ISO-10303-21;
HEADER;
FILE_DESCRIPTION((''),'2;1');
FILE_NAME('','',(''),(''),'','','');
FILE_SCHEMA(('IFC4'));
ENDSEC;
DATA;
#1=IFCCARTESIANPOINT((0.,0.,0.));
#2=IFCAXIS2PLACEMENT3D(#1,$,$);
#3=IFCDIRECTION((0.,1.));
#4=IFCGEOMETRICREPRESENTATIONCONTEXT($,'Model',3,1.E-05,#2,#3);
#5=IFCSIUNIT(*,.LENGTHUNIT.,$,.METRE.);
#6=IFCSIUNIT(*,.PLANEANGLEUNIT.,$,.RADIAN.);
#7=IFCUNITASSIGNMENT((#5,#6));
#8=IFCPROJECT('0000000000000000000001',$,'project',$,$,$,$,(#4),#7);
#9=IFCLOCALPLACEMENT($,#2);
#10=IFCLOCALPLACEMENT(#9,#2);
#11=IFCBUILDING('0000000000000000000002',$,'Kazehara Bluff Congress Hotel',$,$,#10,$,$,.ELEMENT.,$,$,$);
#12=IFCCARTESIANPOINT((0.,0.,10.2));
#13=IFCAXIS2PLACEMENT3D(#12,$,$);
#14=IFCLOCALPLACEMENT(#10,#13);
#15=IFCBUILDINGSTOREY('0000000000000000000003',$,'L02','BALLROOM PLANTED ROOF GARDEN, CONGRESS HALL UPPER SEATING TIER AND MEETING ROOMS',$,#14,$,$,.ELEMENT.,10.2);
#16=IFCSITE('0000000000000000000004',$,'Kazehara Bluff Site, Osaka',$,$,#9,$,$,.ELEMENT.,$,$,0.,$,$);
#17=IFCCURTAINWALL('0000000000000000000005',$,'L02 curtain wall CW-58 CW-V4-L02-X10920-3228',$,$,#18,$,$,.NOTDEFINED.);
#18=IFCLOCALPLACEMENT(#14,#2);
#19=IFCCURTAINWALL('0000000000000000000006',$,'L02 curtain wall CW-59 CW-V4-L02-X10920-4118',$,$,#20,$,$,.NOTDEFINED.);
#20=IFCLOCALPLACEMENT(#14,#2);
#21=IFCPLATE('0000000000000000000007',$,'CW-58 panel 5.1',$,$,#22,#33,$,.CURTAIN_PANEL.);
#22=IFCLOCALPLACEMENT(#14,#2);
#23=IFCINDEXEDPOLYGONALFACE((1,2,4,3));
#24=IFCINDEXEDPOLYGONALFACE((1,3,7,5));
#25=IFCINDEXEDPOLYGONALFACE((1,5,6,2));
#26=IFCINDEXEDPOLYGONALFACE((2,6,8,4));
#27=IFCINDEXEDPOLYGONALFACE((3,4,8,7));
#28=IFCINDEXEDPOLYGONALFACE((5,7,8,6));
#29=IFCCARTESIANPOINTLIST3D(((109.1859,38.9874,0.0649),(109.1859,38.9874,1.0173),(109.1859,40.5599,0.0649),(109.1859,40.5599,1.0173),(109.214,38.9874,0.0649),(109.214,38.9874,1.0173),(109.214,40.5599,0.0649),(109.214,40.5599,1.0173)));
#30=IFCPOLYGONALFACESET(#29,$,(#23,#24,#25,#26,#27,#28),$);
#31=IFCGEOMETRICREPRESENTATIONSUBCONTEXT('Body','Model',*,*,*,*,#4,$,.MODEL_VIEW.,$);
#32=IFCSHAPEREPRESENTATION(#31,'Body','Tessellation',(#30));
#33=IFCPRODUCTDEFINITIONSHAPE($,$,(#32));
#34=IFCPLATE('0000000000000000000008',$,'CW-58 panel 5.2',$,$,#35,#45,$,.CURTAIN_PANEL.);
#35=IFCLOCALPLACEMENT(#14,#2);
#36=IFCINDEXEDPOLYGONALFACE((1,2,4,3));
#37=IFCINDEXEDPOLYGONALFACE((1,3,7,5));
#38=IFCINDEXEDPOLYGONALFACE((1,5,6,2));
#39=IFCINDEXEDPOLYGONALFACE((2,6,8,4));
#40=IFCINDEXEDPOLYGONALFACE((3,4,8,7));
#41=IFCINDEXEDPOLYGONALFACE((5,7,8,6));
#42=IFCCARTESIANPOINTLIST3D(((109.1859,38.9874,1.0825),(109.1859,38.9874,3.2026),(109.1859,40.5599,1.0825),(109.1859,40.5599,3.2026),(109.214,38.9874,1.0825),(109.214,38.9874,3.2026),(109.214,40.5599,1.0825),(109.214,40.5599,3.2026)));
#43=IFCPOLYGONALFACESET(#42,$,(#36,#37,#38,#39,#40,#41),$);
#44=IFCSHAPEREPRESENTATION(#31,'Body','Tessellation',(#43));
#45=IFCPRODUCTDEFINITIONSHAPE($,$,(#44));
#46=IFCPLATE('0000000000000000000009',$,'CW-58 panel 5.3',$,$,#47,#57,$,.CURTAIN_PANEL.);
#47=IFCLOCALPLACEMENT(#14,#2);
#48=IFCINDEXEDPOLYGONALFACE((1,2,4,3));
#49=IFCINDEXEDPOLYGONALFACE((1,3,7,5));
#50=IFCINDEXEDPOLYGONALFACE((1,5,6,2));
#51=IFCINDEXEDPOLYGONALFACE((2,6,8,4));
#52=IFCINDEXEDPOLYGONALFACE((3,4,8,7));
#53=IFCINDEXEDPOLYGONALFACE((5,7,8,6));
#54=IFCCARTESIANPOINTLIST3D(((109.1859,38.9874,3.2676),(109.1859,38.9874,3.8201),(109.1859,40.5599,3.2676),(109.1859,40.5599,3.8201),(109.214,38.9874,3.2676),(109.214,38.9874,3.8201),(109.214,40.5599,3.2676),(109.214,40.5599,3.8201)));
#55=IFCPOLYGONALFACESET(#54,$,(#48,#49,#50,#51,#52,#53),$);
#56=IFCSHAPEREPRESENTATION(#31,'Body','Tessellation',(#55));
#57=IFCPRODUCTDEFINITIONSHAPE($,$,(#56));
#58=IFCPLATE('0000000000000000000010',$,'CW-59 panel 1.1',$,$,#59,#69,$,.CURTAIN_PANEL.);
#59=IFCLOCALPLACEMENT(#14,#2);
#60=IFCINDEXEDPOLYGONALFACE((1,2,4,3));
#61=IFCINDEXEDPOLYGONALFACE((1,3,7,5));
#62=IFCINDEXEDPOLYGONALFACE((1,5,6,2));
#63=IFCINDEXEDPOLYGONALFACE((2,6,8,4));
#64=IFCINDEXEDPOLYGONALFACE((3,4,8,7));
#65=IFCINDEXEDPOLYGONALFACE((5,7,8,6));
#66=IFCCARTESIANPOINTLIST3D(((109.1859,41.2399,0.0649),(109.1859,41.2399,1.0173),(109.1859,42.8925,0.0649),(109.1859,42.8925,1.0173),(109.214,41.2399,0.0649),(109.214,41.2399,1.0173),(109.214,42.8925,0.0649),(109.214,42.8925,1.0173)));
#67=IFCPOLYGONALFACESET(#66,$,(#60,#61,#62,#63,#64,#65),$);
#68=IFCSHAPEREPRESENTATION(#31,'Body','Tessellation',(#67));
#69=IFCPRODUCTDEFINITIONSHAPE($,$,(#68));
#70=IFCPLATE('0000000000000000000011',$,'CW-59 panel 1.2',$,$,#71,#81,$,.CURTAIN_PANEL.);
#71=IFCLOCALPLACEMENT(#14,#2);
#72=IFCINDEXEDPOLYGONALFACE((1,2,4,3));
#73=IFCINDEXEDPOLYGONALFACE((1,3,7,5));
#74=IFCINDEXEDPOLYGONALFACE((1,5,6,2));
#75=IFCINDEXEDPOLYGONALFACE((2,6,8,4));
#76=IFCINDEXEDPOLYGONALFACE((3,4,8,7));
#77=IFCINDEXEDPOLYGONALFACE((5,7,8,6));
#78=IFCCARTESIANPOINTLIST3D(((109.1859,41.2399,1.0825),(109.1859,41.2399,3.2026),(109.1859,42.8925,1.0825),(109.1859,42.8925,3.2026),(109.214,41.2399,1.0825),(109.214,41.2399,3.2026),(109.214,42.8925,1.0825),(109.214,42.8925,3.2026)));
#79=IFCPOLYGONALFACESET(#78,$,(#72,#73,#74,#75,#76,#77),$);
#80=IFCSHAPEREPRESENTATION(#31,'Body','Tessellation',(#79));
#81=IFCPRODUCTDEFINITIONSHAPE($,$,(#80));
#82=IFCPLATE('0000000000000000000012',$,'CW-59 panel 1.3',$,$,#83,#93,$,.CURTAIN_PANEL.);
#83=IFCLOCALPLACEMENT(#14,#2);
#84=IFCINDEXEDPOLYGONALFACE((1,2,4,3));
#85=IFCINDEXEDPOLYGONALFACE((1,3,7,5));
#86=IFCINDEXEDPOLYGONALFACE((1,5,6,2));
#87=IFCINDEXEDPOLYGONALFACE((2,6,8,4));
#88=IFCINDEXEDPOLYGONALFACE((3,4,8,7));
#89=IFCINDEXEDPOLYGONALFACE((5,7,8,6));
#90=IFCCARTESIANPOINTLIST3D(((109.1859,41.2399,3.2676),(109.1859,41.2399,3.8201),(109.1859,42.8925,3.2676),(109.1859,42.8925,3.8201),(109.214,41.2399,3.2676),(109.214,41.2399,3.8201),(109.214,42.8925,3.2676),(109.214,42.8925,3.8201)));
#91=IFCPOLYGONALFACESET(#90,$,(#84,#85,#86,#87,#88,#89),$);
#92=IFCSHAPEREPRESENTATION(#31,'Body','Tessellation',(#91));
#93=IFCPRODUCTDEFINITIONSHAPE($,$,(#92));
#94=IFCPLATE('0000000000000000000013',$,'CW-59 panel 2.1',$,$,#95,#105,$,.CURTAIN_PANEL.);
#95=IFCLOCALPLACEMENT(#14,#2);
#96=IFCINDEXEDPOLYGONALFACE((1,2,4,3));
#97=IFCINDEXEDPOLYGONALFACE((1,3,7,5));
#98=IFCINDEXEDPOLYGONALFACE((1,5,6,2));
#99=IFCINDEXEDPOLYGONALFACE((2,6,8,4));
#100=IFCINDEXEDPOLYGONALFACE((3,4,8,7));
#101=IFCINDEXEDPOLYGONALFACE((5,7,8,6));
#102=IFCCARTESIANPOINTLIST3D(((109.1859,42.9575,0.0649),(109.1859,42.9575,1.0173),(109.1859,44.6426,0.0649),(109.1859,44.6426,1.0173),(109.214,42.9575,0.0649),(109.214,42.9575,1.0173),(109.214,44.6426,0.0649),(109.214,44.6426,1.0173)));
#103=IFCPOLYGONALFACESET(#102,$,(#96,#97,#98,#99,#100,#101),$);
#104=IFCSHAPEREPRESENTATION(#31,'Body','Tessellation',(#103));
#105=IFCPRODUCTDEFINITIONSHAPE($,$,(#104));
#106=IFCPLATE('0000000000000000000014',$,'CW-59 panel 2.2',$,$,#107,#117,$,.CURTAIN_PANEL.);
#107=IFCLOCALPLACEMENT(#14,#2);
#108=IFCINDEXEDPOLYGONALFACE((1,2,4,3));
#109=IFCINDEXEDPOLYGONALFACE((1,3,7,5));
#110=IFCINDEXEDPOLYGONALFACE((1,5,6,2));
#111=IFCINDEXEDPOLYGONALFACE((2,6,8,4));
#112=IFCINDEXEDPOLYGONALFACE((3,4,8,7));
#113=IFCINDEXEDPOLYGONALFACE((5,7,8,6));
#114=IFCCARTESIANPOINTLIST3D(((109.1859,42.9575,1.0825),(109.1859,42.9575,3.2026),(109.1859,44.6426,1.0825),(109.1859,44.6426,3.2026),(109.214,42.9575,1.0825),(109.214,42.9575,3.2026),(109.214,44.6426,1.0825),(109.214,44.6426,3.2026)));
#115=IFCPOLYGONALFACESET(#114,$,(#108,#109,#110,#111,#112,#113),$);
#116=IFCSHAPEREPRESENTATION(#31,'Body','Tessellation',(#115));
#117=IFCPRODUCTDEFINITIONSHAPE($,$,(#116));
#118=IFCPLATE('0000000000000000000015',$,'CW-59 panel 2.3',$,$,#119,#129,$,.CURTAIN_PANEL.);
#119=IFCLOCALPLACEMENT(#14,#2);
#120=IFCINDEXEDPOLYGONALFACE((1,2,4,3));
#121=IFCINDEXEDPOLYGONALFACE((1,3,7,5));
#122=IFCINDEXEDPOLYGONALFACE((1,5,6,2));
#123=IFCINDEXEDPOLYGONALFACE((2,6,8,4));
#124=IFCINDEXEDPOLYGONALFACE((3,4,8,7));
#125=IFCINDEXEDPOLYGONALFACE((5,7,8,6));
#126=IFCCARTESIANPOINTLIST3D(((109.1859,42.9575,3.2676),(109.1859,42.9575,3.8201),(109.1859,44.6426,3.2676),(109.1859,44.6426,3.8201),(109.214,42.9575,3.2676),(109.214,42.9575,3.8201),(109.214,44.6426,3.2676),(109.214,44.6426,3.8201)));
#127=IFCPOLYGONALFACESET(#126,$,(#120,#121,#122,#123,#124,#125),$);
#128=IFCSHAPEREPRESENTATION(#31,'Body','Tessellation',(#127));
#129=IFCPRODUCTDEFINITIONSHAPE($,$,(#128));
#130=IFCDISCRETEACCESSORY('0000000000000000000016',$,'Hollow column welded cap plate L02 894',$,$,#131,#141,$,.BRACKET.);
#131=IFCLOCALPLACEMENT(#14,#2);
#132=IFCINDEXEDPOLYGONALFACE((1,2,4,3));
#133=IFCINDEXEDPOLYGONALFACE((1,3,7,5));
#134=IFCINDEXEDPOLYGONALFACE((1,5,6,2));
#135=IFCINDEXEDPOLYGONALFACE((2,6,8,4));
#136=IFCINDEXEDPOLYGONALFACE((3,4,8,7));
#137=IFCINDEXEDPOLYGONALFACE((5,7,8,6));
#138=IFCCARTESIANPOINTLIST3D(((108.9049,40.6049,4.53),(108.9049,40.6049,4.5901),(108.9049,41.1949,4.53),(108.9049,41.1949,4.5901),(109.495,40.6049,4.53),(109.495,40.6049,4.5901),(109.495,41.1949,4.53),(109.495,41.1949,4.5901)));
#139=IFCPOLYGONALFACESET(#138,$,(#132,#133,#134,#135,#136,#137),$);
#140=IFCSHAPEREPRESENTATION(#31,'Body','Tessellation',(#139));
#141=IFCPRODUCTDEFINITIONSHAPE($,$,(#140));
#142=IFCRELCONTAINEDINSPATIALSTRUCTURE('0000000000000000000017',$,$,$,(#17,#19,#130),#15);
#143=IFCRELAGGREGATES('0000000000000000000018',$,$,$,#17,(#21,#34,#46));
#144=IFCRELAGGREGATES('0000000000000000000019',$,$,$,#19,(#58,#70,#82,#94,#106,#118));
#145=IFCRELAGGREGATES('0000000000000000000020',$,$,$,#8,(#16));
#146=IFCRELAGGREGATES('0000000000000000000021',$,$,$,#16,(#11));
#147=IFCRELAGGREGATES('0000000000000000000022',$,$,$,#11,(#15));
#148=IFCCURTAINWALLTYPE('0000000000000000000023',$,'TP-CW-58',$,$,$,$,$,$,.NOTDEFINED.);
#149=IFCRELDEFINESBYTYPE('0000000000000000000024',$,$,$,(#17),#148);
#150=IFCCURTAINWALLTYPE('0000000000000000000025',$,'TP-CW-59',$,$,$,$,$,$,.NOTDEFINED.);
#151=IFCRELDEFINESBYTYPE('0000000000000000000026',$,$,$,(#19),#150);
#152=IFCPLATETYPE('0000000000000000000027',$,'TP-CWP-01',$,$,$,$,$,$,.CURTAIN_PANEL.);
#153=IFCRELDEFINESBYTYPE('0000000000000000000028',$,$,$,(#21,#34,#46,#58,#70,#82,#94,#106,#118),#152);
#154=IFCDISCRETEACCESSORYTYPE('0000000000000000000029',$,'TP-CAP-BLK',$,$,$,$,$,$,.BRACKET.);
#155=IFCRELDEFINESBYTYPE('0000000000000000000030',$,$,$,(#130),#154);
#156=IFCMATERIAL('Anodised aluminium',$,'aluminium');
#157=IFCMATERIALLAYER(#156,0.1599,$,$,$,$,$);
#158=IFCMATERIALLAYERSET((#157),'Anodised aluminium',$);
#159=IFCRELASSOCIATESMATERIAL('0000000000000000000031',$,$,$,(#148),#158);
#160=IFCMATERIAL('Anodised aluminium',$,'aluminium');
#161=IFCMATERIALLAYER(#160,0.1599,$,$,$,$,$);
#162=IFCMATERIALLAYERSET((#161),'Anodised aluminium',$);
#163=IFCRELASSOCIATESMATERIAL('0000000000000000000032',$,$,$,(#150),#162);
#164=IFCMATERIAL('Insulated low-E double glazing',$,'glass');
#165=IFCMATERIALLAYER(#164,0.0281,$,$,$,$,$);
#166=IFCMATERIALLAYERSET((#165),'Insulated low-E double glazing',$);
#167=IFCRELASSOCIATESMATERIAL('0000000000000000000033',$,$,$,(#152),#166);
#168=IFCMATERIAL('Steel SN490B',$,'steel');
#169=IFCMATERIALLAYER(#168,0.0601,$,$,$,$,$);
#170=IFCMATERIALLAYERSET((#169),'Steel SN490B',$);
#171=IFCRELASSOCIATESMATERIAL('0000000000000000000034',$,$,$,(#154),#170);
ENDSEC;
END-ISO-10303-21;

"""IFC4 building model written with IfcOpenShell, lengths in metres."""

from ifc_helpers import new_model, si_unit, direction, frame, origin, origin_2d, place, context, subcontext, project, spatial, rectangle, extrude, material, layer, layer_set, type_object, element, aggregate, save


model = new_model("IFC4")

# Units and contexts
model_context = context("Model", 3, precision=1e-05, world=origin(), true_north=direction((0.0, 1.0)))
body_context = subcontext(model_context, "Body", "Model", "MODEL_VIEW")
ifc_project = project(units=[si_unit("LENGTHUNIT", "METRE"), si_unit("PLANEANGLEUNIT", "RADIAN")], contexts=[model_context])

# Site, building, storey
site_placement = place(None, origin())
site = spatial("IfcSite", under=ifc_project, at=site_placement, Name="Kazehara Bluff Site, Osaka", CompositionType="ELEMENT", RefElevation=0.0)
building_placement = place(site_placement, origin())
building = spatial("IfcBuilding", under=site, at=building_placement, Name="Kazehara Bluff Congress Hotel", CompositionType="ELEMENT")
storey_placement = place(building_placement, frame((0.0, 0.0, 10.2)))
storey = spatial("IfcBuildingStorey", under=building, at=storey_placement, Name="L02", Description="BALLROOM PLANTED ROOF GARDEN, CONGRESS HALL UPPER SEATING TIER AND MEETING ROOMS", CompositionType="ELEMENT", Elevation=10.2)

# Curtain wall
ifc_material_1 = material(Name="Anodised aluminium", Category="aluminium")
ifc_layer_1 = layer(ifc_material_1, 0.1599)
ifc_layer_set_1 = layer_set([ifc_layer_1], Name="Anodised aluminium")
curtain_wall_type_1 = type_object("IfcCurtainWallType", Name="TP-CW-58", PredefinedType="NOTDEFINED", material=ifc_layer_set_1)
curtain_wall_1_placement = place(storey_placement, origin())
curtain_wall_1 = element("IfcCurtainWall", 1, at=curtain_wall_1_placement, inside=storey, type_object=curtain_wall_type_1, Name="L02 curtain wall CW-58 CW-V4-L02-X10920-3228", PredefinedType="NOTDEFINED")

# Curtain wall
ifc_material_2 = material(Name="Anodised aluminium", Category="aluminium")
ifc_layer_2 = layer(ifc_material_2, 0.1599)
ifc_layer_set_2 = layer_set([ifc_layer_2], Name="Anodised aluminium")
curtain_wall_type_2 = type_object("IfcCurtainWallType", Name="TP-CW-59", PredefinedType="NOTDEFINED", material=ifc_layer_set_2)
curtain_wall_2_placement = place(storey_placement, origin())
curtain_wall_2 = element("IfcCurtainWall", 2, at=curtain_wall_2_placement, inside=storey, type_object=curtain_wall_type_2, Name="L02 curtain wall CW-59 CW-V4-L02-X10920-4118", PredefinedType="NOTDEFINED")

# Plates
ifc_material_3 = material(Name="Insulated low-E double glazing", Category="glass")
ifc_layer_3 = layer(ifc_material_3, 0.0281)
ifc_layer_set_3 = layer_set([ifc_layer_3], Name="Insulated low-E double glazing")
plate_type = type_object("IfcPlateType", Name="TP-CWP-01", PredefinedType="CURTAIN_PANEL", material=ifc_layer_set_3)
plate_1_placement = place(storey_placement, frame((109.2, 39.7737, 0.0649), z_axis=(0.0, 0.0, 1.0), x_axis=(0.0, 1.0, 0.0)))
plate_1 = element("IfcPlate", 3, at=plate_1_placement, type_object=plate_type, Name="CW-58 panel 5.1", PredefinedType="CURTAIN_PANEL", context=body_context, shape_type="SweptSolid", body=[
    extrude(rectangle(XDim=1.5725, YDim=0.0281, at=origin_2d()), origin(), (0.0, 0.0, 1.0), 0.9524),
])
plate_2_placement = place(storey_placement, frame((109.2, 39.7737, 1.0825), z_axis=(0.0, 0.0, 1.0), x_axis=(0.0, 1.0, 0.0)))
plate_2 = element("IfcPlate", 4, at=plate_2_placement, type_object=plate_type, Name="CW-58 panel 5.2", PredefinedType="CURTAIN_PANEL", context=body_context, shape_type="SweptSolid", body=[
    extrude(rectangle(XDim=1.5725, YDim=0.0281, at=origin_2d()), origin(), (0.0, 0.0, 1.0), 2.1201),
])
plate_3_placement = place(storey_placement, frame((109.2, 39.7737, 3.2676), z_axis=(0.0, 0.0, 1.0), x_axis=(0.0, 1.0, 0.0)))
plate_3 = element("IfcPlate", 5, at=plate_3_placement, type_object=plate_type, Name="CW-58 panel 5.3", PredefinedType="CURTAIN_PANEL", context=body_context, shape_type="SweptSolid", body=[
    extrude(rectangle(XDim=1.5725, YDim=0.0281, at=origin_2d()), origin(), (0.0, 0.0, 1.0), 0.5525),
])
aggregate(curtain_wall_1, [plate_1, plate_2, plate_3])
plate_4_placement = place(storey_placement, frame((109.2, 42.0662, 0.0649), z_axis=(0.0, 0.0, 1.0), x_axis=(0.0, 1.0, 0.0)))
plate_4 = element("IfcPlate", 6, at=plate_4_placement, type_object=plate_type, Name="CW-59 panel 1.1", PredefinedType="CURTAIN_PANEL", context=body_context, shape_type="SweptSolid", body=[
    extrude(rectangle(XDim=1.6526, YDim=0.0281, at=origin_2d()), origin(), (0.0, 0.0, 1.0), 0.9524),
])
plate_5_placement = place(storey_placement, frame((109.2, 42.0662, 1.0825), z_axis=(0.0, 0.0, 1.0), x_axis=(0.0, 1.0, 0.0)))
plate_5 = element("IfcPlate", 7, at=plate_5_placement, type_object=plate_type, Name="CW-59 panel 1.2", PredefinedType="CURTAIN_PANEL", context=body_context, shape_type="SweptSolid", body=[
    extrude(rectangle(XDim=1.6526, YDim=0.0281, at=origin_2d()), origin(), (0.0, 0.0, 1.0), 2.1201),
])
plate_6_placement = place(storey_placement, frame((109.2, 42.0662, 3.2676), z_axis=(0.0, 0.0, 1.0), x_axis=(0.0, 1.0, 0.0)))
plate_6 = element("IfcPlate", 8, at=plate_6_placement, type_object=plate_type, Name="CW-59 panel 1.3", PredefinedType="CURTAIN_PANEL", context=body_context, shape_type="SweptSolid", body=[
    extrude(rectangle(XDim=1.6526, YDim=0.0281, at=origin_2d()), origin(), (0.0, 0.0, 1.0), 0.5525),
])
plate_7_placement = place(storey_placement, frame((109.2, 43.8, 0.0649), z_axis=(0.0, 0.0, 1.0), x_axis=(0.0, 1.0, 0.0)))
plate_7 = element("IfcPlate", 9, at=plate_7_placement, type_object=plate_type, Name="CW-59 panel 2.1", PredefinedType="CURTAIN_PANEL", context=body_context, shape_type="SweptSolid", body=[
    extrude(rectangle(XDim=1.6851, YDim=0.0281, at=origin_2d()), origin(), (0.0, 0.0, 1.0), 0.9524),
])
plate_8_placement = place(storey_placement, frame((109.2, 43.8, 1.0825), z_axis=(0.0, 0.0, 1.0), x_axis=(0.0, 1.0, 0.0)))
plate_8 = element("IfcPlate", 10, at=plate_8_placement, type_object=plate_type, Name="CW-59 panel 2.2", PredefinedType="CURTAIN_PANEL", context=body_context, shape_type="SweptSolid", body=[
    extrude(rectangle(XDim=1.6851, YDim=0.0281, at=origin_2d()), origin(), (0.0, 0.0, 1.0), 2.1201),
])
plate_9_placement = place(storey_placement, frame((109.2, 43.8, 3.2676), z_axis=(0.0, 0.0, 1.0), x_axis=(0.0, 1.0, 0.0)))
plate_9 = element("IfcPlate", 11, at=plate_9_placement, type_object=plate_type, Name="CW-59 panel 2.3", PredefinedType="CURTAIN_PANEL", context=body_context, shape_type="SweptSolid", body=[
    extrude(rectangle(XDim=1.6851, YDim=0.0281, at=origin_2d()), origin(), (0.0, 0.0, 1.0), 0.5525),
])
aggregate(curtain_wall_2, [plate_4, plate_5, plate_6, plate_7, plate_8, plate_9])

# Discrete accessory
ifc_material_4 = material(Name="Steel SN490B", Category="steel")
ifc_layer_4 = layer(ifc_material_4, 0.0601)
ifc_layer_set_4 = layer_set([ifc_layer_4], Name="Steel SN490B")
discrete_accessory_type = type_object("IfcDiscreteAccessoryType", Name="TP-CAP-BLK", PredefinedType="BRACKET", material=ifc_layer_set_4)
discrete_accessory_placement = place(storey_placement, frame((109.2, 40.8999, 4.53), z_axis=(0.0, 0.0, 1.0), x_axis=(1.0, 0.0, 0.0)))
element("IfcDiscreteAccessory", 12, at=discrete_accessory_placement, inside=storey, type_object=discrete_accessory_type, Name="Hollow column welded cap plate L02 894", PredefinedType="BRACKET", context=body_context, shape_type="SweptSolid", body=[
    extrude(rectangle(XDim=0.5901, YDim=0.5901, at=origin_2d()), origin(), (0.0, 0.0, 1.0), 0.0601),
])

save(model, "model.ifc")
